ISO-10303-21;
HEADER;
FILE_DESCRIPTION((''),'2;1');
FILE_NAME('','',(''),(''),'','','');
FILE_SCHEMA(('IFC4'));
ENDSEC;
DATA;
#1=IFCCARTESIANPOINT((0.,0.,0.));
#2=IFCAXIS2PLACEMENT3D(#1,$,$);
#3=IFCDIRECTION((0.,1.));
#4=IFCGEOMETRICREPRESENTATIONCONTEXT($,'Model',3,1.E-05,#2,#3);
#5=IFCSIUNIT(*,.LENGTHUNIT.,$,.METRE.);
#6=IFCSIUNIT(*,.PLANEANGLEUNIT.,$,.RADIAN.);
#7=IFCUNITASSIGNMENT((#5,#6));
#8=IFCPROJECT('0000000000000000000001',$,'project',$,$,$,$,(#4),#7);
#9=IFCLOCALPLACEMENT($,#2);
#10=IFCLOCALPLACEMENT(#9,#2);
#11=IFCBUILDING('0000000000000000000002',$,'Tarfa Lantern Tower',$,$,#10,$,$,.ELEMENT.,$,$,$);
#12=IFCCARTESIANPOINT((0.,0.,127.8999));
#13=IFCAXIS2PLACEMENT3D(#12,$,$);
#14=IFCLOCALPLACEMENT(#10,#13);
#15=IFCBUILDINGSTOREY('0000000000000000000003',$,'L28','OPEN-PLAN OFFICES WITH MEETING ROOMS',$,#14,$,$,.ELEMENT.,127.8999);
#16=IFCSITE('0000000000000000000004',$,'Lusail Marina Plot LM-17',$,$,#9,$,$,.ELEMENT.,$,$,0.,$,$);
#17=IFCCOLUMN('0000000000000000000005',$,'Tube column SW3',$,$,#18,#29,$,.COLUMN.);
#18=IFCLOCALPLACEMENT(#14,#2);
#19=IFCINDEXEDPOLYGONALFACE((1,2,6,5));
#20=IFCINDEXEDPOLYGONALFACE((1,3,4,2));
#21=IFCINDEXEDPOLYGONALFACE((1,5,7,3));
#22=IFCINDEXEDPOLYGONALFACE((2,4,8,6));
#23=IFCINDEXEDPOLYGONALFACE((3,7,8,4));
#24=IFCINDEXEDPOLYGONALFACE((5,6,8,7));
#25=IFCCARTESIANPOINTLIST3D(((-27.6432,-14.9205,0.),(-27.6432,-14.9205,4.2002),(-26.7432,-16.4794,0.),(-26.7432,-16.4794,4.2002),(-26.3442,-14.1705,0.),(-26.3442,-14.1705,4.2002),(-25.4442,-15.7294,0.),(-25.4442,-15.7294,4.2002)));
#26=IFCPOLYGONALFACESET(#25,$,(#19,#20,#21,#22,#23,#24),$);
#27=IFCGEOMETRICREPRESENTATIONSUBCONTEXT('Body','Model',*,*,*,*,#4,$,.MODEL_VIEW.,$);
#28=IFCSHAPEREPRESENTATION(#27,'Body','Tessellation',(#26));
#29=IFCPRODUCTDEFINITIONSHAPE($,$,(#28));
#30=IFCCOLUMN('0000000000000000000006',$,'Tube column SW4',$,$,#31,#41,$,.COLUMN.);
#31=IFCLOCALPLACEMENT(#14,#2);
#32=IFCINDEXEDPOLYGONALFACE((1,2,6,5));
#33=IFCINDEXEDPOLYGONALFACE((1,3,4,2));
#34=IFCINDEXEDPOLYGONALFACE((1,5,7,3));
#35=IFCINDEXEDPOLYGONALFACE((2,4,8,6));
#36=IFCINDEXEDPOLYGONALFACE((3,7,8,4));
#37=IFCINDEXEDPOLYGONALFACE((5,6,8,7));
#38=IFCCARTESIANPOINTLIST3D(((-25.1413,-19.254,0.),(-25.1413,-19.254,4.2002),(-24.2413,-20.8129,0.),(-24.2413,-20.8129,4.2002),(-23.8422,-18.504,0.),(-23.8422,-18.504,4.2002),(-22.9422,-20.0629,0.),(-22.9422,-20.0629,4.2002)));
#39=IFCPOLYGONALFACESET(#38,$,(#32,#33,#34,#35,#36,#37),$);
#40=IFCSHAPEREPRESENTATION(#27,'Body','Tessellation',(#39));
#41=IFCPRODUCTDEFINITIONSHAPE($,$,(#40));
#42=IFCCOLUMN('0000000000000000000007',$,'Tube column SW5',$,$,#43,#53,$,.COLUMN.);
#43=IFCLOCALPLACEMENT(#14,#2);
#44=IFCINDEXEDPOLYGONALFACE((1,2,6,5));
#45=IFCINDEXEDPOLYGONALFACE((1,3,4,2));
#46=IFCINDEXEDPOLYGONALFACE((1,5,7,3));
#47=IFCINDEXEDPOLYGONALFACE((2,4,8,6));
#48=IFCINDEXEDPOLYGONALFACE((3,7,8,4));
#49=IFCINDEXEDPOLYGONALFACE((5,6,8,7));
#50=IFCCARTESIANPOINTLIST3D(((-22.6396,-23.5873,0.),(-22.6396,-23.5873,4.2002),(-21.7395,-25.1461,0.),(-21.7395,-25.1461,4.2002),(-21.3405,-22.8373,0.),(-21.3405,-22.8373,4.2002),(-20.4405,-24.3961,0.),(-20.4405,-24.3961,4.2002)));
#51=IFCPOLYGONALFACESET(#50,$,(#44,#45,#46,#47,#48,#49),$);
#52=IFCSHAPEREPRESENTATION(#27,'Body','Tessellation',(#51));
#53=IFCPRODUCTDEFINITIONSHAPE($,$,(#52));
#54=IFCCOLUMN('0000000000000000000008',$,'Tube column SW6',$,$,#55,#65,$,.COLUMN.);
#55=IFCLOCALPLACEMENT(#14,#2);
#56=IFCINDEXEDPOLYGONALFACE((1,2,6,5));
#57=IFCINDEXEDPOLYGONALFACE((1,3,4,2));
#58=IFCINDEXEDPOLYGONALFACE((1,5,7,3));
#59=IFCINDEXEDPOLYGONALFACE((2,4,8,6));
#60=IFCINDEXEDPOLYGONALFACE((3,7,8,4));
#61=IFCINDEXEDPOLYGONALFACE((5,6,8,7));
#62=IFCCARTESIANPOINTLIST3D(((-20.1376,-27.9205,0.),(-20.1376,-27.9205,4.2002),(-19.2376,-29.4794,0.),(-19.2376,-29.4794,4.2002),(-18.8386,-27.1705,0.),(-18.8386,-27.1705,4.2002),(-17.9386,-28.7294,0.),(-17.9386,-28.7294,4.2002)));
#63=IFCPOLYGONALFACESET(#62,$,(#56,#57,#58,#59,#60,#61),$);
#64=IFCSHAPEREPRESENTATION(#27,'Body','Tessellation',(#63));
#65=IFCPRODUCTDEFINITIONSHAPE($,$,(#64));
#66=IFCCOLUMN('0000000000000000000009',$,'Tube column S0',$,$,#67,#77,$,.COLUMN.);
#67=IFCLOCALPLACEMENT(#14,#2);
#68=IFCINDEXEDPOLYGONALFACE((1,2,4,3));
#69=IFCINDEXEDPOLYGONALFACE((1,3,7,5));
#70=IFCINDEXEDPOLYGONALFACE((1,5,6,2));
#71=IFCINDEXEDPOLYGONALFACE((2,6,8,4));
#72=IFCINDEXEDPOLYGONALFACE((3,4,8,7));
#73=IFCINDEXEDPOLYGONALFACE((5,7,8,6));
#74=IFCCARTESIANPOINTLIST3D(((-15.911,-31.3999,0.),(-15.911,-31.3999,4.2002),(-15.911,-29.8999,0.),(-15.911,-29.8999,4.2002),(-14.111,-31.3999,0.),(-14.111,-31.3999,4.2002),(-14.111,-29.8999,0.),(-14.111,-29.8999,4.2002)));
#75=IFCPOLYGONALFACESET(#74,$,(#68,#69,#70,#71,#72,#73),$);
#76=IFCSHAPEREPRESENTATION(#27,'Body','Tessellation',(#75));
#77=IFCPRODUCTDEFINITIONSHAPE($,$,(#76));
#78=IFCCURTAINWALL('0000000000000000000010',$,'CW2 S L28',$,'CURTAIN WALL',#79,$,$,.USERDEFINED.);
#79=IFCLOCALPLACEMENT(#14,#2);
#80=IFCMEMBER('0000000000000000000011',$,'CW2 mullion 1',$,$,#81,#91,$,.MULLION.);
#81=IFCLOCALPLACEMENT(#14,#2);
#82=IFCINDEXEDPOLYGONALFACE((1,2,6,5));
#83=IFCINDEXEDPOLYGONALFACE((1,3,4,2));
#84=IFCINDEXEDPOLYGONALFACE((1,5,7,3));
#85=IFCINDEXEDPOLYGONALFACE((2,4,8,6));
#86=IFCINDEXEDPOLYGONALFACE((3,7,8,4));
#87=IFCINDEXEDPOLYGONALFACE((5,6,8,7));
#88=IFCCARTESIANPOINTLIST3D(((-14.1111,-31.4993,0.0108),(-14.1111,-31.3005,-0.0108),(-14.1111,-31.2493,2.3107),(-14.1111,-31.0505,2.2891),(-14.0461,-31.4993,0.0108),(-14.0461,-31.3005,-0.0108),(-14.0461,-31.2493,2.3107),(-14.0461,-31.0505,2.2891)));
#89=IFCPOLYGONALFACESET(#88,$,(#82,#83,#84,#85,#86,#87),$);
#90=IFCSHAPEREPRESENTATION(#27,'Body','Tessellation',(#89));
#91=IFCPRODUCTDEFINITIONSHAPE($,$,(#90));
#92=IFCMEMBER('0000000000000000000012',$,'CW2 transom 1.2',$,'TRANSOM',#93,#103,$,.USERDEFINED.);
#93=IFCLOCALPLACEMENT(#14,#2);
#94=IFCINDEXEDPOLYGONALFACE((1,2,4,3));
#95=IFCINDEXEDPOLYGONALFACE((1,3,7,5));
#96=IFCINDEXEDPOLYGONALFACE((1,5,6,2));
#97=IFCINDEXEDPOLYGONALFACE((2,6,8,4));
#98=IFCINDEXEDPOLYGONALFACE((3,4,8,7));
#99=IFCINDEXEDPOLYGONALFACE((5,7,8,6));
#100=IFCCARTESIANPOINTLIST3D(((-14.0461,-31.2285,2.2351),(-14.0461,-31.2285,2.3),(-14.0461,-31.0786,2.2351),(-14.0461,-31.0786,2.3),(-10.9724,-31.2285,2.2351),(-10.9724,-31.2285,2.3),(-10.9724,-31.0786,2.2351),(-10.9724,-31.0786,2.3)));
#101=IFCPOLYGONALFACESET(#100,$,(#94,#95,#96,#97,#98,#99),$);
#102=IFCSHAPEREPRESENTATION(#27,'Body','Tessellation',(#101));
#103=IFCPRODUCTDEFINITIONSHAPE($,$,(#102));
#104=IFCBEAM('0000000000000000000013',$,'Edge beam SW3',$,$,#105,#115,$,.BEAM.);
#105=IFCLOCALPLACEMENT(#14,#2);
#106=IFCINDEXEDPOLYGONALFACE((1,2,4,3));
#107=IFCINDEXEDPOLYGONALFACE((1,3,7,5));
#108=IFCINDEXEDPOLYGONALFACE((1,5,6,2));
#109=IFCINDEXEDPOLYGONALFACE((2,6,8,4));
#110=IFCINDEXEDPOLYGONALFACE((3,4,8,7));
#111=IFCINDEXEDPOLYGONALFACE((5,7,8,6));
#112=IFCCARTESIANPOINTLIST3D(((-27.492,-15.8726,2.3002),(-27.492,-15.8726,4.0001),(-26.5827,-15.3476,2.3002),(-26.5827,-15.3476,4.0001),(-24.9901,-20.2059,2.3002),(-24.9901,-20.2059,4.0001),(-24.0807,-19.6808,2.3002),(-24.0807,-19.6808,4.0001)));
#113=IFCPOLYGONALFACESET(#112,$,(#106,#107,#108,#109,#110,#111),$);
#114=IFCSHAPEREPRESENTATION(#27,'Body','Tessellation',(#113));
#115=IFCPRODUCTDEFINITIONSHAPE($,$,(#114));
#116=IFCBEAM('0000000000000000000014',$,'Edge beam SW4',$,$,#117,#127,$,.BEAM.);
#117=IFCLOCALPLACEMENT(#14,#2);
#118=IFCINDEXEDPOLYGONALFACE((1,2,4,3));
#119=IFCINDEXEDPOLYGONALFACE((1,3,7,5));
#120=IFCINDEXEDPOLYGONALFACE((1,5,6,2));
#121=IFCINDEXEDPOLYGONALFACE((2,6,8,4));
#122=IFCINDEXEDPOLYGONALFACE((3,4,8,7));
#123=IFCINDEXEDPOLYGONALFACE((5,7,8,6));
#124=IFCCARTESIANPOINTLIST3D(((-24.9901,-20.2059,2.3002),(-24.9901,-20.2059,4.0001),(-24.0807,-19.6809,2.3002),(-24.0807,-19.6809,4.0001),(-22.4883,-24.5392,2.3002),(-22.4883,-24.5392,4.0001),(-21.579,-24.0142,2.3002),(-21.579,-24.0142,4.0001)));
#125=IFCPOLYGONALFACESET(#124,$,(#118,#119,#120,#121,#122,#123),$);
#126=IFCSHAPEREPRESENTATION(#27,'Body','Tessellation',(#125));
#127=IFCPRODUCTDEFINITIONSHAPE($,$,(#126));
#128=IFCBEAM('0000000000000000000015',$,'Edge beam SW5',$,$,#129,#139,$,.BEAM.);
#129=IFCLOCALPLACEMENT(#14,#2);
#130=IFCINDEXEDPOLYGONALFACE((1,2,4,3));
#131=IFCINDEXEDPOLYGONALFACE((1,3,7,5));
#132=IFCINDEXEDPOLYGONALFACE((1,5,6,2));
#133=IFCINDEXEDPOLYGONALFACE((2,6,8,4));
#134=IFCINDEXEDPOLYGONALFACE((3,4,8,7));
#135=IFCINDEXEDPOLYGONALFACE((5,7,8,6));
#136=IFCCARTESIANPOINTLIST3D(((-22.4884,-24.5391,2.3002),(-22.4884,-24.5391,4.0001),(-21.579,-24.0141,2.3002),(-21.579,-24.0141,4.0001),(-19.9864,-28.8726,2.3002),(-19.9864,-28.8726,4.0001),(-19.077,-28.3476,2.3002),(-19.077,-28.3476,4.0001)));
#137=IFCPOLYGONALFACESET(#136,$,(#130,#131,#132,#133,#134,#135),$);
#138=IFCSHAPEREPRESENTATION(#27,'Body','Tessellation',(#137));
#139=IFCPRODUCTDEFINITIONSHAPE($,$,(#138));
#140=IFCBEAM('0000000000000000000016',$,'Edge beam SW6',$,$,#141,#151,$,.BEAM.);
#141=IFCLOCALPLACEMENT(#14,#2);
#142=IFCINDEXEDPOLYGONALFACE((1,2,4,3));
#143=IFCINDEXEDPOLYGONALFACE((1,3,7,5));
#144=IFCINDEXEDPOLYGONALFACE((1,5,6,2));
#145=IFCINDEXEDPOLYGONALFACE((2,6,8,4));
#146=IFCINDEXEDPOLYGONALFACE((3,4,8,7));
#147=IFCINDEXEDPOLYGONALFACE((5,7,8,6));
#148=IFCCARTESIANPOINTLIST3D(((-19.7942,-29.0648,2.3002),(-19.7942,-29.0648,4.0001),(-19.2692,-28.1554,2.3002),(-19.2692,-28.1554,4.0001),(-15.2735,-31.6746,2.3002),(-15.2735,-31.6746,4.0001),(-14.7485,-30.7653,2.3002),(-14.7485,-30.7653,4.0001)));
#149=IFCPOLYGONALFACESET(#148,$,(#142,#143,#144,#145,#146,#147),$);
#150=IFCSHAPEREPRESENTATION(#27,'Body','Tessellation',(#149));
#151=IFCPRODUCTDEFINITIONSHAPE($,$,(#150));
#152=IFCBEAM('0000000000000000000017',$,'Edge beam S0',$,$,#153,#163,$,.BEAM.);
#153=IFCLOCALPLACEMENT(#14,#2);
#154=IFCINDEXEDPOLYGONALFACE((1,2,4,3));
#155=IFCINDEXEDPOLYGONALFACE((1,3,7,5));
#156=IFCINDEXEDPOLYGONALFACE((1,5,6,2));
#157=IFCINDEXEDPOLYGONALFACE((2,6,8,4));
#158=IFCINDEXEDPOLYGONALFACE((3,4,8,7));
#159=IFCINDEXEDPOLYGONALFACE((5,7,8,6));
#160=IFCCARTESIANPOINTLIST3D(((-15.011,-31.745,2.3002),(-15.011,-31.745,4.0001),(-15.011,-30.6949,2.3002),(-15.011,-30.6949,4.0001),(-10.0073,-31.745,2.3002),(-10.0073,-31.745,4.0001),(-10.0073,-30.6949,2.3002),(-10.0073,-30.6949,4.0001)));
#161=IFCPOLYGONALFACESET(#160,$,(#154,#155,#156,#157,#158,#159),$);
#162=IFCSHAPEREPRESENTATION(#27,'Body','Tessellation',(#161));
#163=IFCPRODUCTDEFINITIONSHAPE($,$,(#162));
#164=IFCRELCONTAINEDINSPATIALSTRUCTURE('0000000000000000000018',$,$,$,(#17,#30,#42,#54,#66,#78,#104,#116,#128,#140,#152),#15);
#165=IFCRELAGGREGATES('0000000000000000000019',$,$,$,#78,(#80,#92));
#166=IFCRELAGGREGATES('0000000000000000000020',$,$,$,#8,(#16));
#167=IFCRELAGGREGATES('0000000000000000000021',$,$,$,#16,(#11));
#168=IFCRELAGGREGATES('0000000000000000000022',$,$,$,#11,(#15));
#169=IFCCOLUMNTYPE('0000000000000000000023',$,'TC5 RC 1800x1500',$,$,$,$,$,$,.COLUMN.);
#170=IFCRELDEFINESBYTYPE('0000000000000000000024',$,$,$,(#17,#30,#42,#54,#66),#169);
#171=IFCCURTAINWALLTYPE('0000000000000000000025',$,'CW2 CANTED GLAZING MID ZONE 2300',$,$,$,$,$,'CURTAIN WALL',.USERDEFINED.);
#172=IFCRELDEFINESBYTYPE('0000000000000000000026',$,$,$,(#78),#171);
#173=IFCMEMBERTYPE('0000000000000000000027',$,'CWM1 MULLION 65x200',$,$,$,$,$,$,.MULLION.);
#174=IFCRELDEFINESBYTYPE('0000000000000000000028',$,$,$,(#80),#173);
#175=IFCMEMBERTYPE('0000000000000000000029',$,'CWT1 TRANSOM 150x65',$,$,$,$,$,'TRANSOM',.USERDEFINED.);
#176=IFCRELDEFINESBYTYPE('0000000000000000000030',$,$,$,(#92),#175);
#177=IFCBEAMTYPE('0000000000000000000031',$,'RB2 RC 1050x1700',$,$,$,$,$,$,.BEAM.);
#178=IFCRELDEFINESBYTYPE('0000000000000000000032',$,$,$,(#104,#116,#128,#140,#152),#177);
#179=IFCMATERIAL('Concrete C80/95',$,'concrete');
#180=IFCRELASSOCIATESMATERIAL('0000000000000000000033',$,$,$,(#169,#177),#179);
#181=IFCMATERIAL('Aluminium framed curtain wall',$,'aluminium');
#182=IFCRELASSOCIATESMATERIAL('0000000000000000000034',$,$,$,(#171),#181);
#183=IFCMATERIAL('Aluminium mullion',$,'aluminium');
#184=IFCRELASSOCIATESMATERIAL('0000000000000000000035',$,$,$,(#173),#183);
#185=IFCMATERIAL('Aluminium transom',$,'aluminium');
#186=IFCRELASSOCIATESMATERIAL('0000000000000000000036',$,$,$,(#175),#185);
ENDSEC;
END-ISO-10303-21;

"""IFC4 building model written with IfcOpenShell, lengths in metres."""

from ifc_helpers import new_model, si_unit, direction, frame, origin, origin_2d, place, context, subcontext, project, spatial, rectangle, extrude, material, material_profile, profile_set, type_object, element, aggregate, save


model = new_model("IFC4")

# Units and contexts
model_context = context("Model", 3, precision=1e-05, world=origin(), true_north=direction((0.0, 1.0)))
body_context = subcontext(model_context, "Body", "Model", "MODEL_VIEW")
ifc_project = project(units=[si_unit("LENGTHUNIT", "METRE"), si_unit("PLANEANGLEUNIT", "RADIAN")], contexts=[model_context])

# Site, building, storey
site_placement = place(None, origin())
site = spatial("IfcSite", under=ifc_project, at=site_placement, Name="Lusail Marina Plot LM-17", CompositionType="ELEMENT", RefElevation=0.0)
building_placement = place(site_placement, origin())
building = spatial("IfcBuilding", under=site, at=building_placement, Name="Tarfa Lantern Tower", CompositionType="ELEMENT")
storey_placement = place(building_placement, frame((0.0, 0.0, 127.8999)))
storey = spatial("IfcBuildingStorey", under=building, at=storey_placement, Name="L28", Description="OPEN-PLAN OFFICES WITH MEETING ROOMS", CompositionType="ELEMENT", Elevation=127.8999)

# Columns
ifc_material_1 = material(Name="Concrete C80/95", Category="concrete")
ifc_material_profile_1 = material_profile(ifc_material_1, rectangle(XDim=1.8, YDim=1.5, at=origin_2d()), Name="RC 1800x1500")
ifc_profile_set_1 = profile_set([ifc_material_profile_1], Name="Concrete C80/95")
column_type = type_object("IfcColumnType", Name="TC5 RC 1800x1500", PredefinedType="COLUMN", material=ifc_profile_set_1)
for number, where, z_axis, x_axis, name in (
    (1, (-26.5437, -15.325, 0.0), (0.0, 0.0, 1.0), (0.5, -0.866025, 0.0), "Tube column SW3"),
    (2, (-24.0417, -19.6584, 0.0), (0.0, 0.0, 1.0), (0.5, -0.866025, 0.0), "Tube column SW4"),
    (3, (-21.54, -23.9917, 0.0), (0.0, 0.0, 1.0), (0.5, -0.866025, 0.0), "Tube column SW5"),
    (4, (-19.0381, -28.325, 0.0), (0.0, 0.0, 1.0), (0.5, -0.866025, 0.0), "Tube column SW6"),
    (5, (-15.011, -30.6499, 0.0), (0.0, 0.0, 1.0), (1.0, 0.0, 0.0), "Tube column S0"),
):
    element("IfcColumn", number, at=place(storey_placement, frame(where, z_axis=z_axis, x_axis=x_axis)), inside=storey, type_object=column_type, Name=name, PredefinedType="COLUMN", context=body_context, shape_type="SweptSolid", body=[
        extrude(rectangle(XDim=1.8, YDim=1.5, at=origin_2d()), origin(), (0.0, 0.0, 1.0), 4.2002),
    ])

# Curtain wall, members
ifc_material_2 = material(Name="Aluminium framed curtain wall", Category="aluminium")
curtain_wall_type = type_object("IfcCurtainWallType", Name="CW2 CANTED GLAZING MID ZONE 2300", ElementType="CURTAIN WALL", PredefinedType="USERDEFINED", material=ifc_material_2)
curtain_wall_placement = place(storey_placement, origin())
curtain_wall = element("IfcCurtainWall", 6, at=curtain_wall_placement, inside=storey, type_object=curtain_wall_type, Name="CW2 S L28", ObjectType="CURTAIN WALL", PredefinedType="USERDEFINED")
ifc_material_3 = material(Name="Aluminium mullion", Category="aluminium")
ifc_material_profile_2 = material_profile(ifc_material_3, rectangle(XDim=0.0649, YDim=0.2, at=origin_2d()), Name="AL MULLION 65x200")
ifc_profile_set_2 = profile_set([ifc_material_profile_2], Name="Aluminium mullion")
member_type_1 = type_object("IfcMemberType", Name="CWM1 MULLION 65x200", PredefinedType="MULLION", material=ifc_profile_set_2)
member_1_placement = place(storey_placement, frame((-14.0786, -31.3999, 0.0), z_axis=(0.0, 0.108057, 0.994145), x_axis=(-1.0, 0.0, 0.0)))
member_1 = element("IfcMember", 7, at=member_1_placement, type_object=member_type_1, Name="CW2 mullion 1", PredefinedType="MULLION", context=body_context, shape_type="SweptSolid", body=[
    extrude(rectangle(XDim=0.0649, YDim=0.2, at=origin_2d()), origin(), (0.0, 0.0, 1.0), 2.3135),
])
ifc_material_4 = material(Name="Aluminium transom", Category="aluminium")
ifc_material_profile_3 = material_profile(ifc_material_4, rectangle(XDim=0.1499, YDim=0.0649, at=origin_2d()), Name="AL TRANSOM 150x65")
ifc_profile_set_3 = profile_set([ifc_material_profile_3], Name="Aluminium transom")
member_type_2 = type_object("IfcMemberType", Name="CWT1 TRANSOM 150x65", ElementType="TRANSOM", PredefinedType="USERDEFINED", material=ifc_profile_set_3)
member_2_placement = place(storey_placement, frame((-14.0461, -31.1536, 2.2676), z_axis=(1.0, 0.0, 0.0), x_axis=(0.0, 1.0, 0.0)))
member_2 = element("IfcMember", 8, at=member_2_placement, type_object=member_type_2, Name="CW2 transom 1.2", ObjectType="TRANSOM", PredefinedType="USERDEFINED", context=body_context, shape_type="SweptSolid", body=[
    extrude(rectangle(XDim=0.1499, YDim=0.0649, at=origin_2d()), origin(), (0.0, 0.0, 1.0), 3.0737),
])

# Beams
ifc_material_profile_4 = material_profile(ifc_material_1, rectangle(XDim=1.05, YDim=1.7, at=origin_2d()), Name="RC 1050x1700")
ifc_profile_set_4 = profile_set([ifc_material_profile_4], Name="Concrete C80/95")
beam_type_1 = type_object("IfcBeamType", Name="RB2 RC 1050x1700", PredefinedType="BEAM", material=ifc_profile_set_4)
for number, where, z_axis, x_axis, name in (
    (9, (-27.0374, -15.6101, 3.1501), (0.500022, -0.866013, 0.0), (0.866013, 0.500022, 0.0), "Edge beam SW3"),
    (10, (-24.5354, -19.9434, 3.1501), (0.499986, -0.866034, 0.0), (0.866034, 0.499986, 0.0), "Edge beam SW4"),
):
    element("IfcBeam", number, at=place(storey_placement, frame(where, z_axis=z_axis, x_axis=x_axis)), inside=storey, type_object=beam_type_1, Name=name, PredefinedType="BEAM", context=body_context, shape_type="SweptSolid", body=[
        extrude(rectangle(XDim=1.05, YDim=1.7, at=origin_2d()), origin(), (0.0, 0.0, 1.0), 5.0037),
    ])
beam_1_placement = place(storey_placement, frame((-22.0337, -24.2766, 3.1501), z_axis=(0.500001, -0.866025, 0.0), x_axis=(0.866025, 0.500001, 0.0)))
element("IfcBeam", 11, at=beam_1_placement, inside=storey, type_object=beam_type_1, Name="Edge beam SW5", PredefinedType="BEAM", context=body_context, shape_type="SweptSolid", body=[
    extrude(rectangle(XDim=1.05, YDim=1.7, at=origin_2d()), origin(), (0.0, 0.0, 1.0), 5.0039),
])
beam_2_placement = place(storey_placement, frame((-19.5317, -28.6101, 3.1501), z_axis=(0.866042, -0.499972, 0.0), x_axis=(0.499972, 0.866042, 0.0)))
element("IfcBeam", 12, at=beam_2_placement, inside=storey, type_object=beam_type_1, Name="Edge beam SW6", PredefinedType="BEAM", context=body_context, shape_type="SweptSolid", body=[
    extrude(rectangle(XDim=1.05, YDim=1.7, at=origin_2d()), origin(), (0.0, 0.0, 1.0), 5.22),
])
beam_3_placement = place(storey_placement, frame((-15.011, -31.22, 3.1501), z_axis=(1.0, 0.0, 0.0), x_axis=(0.0, 1.0, 0.0)))
element("IfcBeam", 13, at=beam_3_placement, inside=storey, type_object=beam_type_1, Name="Edge beam S0", PredefinedType="BEAM", context=body_context, shape_type="SweptSolid", body=[
    extrude(rectangle(XDim=1.05, YDim=1.7, at=origin_2d()), origin(), (0.0, 0.0, 1.0), 5.0037),
])

aggregate(curtain_wall, [member_1, member_2])

save(model, "model.ifc")
